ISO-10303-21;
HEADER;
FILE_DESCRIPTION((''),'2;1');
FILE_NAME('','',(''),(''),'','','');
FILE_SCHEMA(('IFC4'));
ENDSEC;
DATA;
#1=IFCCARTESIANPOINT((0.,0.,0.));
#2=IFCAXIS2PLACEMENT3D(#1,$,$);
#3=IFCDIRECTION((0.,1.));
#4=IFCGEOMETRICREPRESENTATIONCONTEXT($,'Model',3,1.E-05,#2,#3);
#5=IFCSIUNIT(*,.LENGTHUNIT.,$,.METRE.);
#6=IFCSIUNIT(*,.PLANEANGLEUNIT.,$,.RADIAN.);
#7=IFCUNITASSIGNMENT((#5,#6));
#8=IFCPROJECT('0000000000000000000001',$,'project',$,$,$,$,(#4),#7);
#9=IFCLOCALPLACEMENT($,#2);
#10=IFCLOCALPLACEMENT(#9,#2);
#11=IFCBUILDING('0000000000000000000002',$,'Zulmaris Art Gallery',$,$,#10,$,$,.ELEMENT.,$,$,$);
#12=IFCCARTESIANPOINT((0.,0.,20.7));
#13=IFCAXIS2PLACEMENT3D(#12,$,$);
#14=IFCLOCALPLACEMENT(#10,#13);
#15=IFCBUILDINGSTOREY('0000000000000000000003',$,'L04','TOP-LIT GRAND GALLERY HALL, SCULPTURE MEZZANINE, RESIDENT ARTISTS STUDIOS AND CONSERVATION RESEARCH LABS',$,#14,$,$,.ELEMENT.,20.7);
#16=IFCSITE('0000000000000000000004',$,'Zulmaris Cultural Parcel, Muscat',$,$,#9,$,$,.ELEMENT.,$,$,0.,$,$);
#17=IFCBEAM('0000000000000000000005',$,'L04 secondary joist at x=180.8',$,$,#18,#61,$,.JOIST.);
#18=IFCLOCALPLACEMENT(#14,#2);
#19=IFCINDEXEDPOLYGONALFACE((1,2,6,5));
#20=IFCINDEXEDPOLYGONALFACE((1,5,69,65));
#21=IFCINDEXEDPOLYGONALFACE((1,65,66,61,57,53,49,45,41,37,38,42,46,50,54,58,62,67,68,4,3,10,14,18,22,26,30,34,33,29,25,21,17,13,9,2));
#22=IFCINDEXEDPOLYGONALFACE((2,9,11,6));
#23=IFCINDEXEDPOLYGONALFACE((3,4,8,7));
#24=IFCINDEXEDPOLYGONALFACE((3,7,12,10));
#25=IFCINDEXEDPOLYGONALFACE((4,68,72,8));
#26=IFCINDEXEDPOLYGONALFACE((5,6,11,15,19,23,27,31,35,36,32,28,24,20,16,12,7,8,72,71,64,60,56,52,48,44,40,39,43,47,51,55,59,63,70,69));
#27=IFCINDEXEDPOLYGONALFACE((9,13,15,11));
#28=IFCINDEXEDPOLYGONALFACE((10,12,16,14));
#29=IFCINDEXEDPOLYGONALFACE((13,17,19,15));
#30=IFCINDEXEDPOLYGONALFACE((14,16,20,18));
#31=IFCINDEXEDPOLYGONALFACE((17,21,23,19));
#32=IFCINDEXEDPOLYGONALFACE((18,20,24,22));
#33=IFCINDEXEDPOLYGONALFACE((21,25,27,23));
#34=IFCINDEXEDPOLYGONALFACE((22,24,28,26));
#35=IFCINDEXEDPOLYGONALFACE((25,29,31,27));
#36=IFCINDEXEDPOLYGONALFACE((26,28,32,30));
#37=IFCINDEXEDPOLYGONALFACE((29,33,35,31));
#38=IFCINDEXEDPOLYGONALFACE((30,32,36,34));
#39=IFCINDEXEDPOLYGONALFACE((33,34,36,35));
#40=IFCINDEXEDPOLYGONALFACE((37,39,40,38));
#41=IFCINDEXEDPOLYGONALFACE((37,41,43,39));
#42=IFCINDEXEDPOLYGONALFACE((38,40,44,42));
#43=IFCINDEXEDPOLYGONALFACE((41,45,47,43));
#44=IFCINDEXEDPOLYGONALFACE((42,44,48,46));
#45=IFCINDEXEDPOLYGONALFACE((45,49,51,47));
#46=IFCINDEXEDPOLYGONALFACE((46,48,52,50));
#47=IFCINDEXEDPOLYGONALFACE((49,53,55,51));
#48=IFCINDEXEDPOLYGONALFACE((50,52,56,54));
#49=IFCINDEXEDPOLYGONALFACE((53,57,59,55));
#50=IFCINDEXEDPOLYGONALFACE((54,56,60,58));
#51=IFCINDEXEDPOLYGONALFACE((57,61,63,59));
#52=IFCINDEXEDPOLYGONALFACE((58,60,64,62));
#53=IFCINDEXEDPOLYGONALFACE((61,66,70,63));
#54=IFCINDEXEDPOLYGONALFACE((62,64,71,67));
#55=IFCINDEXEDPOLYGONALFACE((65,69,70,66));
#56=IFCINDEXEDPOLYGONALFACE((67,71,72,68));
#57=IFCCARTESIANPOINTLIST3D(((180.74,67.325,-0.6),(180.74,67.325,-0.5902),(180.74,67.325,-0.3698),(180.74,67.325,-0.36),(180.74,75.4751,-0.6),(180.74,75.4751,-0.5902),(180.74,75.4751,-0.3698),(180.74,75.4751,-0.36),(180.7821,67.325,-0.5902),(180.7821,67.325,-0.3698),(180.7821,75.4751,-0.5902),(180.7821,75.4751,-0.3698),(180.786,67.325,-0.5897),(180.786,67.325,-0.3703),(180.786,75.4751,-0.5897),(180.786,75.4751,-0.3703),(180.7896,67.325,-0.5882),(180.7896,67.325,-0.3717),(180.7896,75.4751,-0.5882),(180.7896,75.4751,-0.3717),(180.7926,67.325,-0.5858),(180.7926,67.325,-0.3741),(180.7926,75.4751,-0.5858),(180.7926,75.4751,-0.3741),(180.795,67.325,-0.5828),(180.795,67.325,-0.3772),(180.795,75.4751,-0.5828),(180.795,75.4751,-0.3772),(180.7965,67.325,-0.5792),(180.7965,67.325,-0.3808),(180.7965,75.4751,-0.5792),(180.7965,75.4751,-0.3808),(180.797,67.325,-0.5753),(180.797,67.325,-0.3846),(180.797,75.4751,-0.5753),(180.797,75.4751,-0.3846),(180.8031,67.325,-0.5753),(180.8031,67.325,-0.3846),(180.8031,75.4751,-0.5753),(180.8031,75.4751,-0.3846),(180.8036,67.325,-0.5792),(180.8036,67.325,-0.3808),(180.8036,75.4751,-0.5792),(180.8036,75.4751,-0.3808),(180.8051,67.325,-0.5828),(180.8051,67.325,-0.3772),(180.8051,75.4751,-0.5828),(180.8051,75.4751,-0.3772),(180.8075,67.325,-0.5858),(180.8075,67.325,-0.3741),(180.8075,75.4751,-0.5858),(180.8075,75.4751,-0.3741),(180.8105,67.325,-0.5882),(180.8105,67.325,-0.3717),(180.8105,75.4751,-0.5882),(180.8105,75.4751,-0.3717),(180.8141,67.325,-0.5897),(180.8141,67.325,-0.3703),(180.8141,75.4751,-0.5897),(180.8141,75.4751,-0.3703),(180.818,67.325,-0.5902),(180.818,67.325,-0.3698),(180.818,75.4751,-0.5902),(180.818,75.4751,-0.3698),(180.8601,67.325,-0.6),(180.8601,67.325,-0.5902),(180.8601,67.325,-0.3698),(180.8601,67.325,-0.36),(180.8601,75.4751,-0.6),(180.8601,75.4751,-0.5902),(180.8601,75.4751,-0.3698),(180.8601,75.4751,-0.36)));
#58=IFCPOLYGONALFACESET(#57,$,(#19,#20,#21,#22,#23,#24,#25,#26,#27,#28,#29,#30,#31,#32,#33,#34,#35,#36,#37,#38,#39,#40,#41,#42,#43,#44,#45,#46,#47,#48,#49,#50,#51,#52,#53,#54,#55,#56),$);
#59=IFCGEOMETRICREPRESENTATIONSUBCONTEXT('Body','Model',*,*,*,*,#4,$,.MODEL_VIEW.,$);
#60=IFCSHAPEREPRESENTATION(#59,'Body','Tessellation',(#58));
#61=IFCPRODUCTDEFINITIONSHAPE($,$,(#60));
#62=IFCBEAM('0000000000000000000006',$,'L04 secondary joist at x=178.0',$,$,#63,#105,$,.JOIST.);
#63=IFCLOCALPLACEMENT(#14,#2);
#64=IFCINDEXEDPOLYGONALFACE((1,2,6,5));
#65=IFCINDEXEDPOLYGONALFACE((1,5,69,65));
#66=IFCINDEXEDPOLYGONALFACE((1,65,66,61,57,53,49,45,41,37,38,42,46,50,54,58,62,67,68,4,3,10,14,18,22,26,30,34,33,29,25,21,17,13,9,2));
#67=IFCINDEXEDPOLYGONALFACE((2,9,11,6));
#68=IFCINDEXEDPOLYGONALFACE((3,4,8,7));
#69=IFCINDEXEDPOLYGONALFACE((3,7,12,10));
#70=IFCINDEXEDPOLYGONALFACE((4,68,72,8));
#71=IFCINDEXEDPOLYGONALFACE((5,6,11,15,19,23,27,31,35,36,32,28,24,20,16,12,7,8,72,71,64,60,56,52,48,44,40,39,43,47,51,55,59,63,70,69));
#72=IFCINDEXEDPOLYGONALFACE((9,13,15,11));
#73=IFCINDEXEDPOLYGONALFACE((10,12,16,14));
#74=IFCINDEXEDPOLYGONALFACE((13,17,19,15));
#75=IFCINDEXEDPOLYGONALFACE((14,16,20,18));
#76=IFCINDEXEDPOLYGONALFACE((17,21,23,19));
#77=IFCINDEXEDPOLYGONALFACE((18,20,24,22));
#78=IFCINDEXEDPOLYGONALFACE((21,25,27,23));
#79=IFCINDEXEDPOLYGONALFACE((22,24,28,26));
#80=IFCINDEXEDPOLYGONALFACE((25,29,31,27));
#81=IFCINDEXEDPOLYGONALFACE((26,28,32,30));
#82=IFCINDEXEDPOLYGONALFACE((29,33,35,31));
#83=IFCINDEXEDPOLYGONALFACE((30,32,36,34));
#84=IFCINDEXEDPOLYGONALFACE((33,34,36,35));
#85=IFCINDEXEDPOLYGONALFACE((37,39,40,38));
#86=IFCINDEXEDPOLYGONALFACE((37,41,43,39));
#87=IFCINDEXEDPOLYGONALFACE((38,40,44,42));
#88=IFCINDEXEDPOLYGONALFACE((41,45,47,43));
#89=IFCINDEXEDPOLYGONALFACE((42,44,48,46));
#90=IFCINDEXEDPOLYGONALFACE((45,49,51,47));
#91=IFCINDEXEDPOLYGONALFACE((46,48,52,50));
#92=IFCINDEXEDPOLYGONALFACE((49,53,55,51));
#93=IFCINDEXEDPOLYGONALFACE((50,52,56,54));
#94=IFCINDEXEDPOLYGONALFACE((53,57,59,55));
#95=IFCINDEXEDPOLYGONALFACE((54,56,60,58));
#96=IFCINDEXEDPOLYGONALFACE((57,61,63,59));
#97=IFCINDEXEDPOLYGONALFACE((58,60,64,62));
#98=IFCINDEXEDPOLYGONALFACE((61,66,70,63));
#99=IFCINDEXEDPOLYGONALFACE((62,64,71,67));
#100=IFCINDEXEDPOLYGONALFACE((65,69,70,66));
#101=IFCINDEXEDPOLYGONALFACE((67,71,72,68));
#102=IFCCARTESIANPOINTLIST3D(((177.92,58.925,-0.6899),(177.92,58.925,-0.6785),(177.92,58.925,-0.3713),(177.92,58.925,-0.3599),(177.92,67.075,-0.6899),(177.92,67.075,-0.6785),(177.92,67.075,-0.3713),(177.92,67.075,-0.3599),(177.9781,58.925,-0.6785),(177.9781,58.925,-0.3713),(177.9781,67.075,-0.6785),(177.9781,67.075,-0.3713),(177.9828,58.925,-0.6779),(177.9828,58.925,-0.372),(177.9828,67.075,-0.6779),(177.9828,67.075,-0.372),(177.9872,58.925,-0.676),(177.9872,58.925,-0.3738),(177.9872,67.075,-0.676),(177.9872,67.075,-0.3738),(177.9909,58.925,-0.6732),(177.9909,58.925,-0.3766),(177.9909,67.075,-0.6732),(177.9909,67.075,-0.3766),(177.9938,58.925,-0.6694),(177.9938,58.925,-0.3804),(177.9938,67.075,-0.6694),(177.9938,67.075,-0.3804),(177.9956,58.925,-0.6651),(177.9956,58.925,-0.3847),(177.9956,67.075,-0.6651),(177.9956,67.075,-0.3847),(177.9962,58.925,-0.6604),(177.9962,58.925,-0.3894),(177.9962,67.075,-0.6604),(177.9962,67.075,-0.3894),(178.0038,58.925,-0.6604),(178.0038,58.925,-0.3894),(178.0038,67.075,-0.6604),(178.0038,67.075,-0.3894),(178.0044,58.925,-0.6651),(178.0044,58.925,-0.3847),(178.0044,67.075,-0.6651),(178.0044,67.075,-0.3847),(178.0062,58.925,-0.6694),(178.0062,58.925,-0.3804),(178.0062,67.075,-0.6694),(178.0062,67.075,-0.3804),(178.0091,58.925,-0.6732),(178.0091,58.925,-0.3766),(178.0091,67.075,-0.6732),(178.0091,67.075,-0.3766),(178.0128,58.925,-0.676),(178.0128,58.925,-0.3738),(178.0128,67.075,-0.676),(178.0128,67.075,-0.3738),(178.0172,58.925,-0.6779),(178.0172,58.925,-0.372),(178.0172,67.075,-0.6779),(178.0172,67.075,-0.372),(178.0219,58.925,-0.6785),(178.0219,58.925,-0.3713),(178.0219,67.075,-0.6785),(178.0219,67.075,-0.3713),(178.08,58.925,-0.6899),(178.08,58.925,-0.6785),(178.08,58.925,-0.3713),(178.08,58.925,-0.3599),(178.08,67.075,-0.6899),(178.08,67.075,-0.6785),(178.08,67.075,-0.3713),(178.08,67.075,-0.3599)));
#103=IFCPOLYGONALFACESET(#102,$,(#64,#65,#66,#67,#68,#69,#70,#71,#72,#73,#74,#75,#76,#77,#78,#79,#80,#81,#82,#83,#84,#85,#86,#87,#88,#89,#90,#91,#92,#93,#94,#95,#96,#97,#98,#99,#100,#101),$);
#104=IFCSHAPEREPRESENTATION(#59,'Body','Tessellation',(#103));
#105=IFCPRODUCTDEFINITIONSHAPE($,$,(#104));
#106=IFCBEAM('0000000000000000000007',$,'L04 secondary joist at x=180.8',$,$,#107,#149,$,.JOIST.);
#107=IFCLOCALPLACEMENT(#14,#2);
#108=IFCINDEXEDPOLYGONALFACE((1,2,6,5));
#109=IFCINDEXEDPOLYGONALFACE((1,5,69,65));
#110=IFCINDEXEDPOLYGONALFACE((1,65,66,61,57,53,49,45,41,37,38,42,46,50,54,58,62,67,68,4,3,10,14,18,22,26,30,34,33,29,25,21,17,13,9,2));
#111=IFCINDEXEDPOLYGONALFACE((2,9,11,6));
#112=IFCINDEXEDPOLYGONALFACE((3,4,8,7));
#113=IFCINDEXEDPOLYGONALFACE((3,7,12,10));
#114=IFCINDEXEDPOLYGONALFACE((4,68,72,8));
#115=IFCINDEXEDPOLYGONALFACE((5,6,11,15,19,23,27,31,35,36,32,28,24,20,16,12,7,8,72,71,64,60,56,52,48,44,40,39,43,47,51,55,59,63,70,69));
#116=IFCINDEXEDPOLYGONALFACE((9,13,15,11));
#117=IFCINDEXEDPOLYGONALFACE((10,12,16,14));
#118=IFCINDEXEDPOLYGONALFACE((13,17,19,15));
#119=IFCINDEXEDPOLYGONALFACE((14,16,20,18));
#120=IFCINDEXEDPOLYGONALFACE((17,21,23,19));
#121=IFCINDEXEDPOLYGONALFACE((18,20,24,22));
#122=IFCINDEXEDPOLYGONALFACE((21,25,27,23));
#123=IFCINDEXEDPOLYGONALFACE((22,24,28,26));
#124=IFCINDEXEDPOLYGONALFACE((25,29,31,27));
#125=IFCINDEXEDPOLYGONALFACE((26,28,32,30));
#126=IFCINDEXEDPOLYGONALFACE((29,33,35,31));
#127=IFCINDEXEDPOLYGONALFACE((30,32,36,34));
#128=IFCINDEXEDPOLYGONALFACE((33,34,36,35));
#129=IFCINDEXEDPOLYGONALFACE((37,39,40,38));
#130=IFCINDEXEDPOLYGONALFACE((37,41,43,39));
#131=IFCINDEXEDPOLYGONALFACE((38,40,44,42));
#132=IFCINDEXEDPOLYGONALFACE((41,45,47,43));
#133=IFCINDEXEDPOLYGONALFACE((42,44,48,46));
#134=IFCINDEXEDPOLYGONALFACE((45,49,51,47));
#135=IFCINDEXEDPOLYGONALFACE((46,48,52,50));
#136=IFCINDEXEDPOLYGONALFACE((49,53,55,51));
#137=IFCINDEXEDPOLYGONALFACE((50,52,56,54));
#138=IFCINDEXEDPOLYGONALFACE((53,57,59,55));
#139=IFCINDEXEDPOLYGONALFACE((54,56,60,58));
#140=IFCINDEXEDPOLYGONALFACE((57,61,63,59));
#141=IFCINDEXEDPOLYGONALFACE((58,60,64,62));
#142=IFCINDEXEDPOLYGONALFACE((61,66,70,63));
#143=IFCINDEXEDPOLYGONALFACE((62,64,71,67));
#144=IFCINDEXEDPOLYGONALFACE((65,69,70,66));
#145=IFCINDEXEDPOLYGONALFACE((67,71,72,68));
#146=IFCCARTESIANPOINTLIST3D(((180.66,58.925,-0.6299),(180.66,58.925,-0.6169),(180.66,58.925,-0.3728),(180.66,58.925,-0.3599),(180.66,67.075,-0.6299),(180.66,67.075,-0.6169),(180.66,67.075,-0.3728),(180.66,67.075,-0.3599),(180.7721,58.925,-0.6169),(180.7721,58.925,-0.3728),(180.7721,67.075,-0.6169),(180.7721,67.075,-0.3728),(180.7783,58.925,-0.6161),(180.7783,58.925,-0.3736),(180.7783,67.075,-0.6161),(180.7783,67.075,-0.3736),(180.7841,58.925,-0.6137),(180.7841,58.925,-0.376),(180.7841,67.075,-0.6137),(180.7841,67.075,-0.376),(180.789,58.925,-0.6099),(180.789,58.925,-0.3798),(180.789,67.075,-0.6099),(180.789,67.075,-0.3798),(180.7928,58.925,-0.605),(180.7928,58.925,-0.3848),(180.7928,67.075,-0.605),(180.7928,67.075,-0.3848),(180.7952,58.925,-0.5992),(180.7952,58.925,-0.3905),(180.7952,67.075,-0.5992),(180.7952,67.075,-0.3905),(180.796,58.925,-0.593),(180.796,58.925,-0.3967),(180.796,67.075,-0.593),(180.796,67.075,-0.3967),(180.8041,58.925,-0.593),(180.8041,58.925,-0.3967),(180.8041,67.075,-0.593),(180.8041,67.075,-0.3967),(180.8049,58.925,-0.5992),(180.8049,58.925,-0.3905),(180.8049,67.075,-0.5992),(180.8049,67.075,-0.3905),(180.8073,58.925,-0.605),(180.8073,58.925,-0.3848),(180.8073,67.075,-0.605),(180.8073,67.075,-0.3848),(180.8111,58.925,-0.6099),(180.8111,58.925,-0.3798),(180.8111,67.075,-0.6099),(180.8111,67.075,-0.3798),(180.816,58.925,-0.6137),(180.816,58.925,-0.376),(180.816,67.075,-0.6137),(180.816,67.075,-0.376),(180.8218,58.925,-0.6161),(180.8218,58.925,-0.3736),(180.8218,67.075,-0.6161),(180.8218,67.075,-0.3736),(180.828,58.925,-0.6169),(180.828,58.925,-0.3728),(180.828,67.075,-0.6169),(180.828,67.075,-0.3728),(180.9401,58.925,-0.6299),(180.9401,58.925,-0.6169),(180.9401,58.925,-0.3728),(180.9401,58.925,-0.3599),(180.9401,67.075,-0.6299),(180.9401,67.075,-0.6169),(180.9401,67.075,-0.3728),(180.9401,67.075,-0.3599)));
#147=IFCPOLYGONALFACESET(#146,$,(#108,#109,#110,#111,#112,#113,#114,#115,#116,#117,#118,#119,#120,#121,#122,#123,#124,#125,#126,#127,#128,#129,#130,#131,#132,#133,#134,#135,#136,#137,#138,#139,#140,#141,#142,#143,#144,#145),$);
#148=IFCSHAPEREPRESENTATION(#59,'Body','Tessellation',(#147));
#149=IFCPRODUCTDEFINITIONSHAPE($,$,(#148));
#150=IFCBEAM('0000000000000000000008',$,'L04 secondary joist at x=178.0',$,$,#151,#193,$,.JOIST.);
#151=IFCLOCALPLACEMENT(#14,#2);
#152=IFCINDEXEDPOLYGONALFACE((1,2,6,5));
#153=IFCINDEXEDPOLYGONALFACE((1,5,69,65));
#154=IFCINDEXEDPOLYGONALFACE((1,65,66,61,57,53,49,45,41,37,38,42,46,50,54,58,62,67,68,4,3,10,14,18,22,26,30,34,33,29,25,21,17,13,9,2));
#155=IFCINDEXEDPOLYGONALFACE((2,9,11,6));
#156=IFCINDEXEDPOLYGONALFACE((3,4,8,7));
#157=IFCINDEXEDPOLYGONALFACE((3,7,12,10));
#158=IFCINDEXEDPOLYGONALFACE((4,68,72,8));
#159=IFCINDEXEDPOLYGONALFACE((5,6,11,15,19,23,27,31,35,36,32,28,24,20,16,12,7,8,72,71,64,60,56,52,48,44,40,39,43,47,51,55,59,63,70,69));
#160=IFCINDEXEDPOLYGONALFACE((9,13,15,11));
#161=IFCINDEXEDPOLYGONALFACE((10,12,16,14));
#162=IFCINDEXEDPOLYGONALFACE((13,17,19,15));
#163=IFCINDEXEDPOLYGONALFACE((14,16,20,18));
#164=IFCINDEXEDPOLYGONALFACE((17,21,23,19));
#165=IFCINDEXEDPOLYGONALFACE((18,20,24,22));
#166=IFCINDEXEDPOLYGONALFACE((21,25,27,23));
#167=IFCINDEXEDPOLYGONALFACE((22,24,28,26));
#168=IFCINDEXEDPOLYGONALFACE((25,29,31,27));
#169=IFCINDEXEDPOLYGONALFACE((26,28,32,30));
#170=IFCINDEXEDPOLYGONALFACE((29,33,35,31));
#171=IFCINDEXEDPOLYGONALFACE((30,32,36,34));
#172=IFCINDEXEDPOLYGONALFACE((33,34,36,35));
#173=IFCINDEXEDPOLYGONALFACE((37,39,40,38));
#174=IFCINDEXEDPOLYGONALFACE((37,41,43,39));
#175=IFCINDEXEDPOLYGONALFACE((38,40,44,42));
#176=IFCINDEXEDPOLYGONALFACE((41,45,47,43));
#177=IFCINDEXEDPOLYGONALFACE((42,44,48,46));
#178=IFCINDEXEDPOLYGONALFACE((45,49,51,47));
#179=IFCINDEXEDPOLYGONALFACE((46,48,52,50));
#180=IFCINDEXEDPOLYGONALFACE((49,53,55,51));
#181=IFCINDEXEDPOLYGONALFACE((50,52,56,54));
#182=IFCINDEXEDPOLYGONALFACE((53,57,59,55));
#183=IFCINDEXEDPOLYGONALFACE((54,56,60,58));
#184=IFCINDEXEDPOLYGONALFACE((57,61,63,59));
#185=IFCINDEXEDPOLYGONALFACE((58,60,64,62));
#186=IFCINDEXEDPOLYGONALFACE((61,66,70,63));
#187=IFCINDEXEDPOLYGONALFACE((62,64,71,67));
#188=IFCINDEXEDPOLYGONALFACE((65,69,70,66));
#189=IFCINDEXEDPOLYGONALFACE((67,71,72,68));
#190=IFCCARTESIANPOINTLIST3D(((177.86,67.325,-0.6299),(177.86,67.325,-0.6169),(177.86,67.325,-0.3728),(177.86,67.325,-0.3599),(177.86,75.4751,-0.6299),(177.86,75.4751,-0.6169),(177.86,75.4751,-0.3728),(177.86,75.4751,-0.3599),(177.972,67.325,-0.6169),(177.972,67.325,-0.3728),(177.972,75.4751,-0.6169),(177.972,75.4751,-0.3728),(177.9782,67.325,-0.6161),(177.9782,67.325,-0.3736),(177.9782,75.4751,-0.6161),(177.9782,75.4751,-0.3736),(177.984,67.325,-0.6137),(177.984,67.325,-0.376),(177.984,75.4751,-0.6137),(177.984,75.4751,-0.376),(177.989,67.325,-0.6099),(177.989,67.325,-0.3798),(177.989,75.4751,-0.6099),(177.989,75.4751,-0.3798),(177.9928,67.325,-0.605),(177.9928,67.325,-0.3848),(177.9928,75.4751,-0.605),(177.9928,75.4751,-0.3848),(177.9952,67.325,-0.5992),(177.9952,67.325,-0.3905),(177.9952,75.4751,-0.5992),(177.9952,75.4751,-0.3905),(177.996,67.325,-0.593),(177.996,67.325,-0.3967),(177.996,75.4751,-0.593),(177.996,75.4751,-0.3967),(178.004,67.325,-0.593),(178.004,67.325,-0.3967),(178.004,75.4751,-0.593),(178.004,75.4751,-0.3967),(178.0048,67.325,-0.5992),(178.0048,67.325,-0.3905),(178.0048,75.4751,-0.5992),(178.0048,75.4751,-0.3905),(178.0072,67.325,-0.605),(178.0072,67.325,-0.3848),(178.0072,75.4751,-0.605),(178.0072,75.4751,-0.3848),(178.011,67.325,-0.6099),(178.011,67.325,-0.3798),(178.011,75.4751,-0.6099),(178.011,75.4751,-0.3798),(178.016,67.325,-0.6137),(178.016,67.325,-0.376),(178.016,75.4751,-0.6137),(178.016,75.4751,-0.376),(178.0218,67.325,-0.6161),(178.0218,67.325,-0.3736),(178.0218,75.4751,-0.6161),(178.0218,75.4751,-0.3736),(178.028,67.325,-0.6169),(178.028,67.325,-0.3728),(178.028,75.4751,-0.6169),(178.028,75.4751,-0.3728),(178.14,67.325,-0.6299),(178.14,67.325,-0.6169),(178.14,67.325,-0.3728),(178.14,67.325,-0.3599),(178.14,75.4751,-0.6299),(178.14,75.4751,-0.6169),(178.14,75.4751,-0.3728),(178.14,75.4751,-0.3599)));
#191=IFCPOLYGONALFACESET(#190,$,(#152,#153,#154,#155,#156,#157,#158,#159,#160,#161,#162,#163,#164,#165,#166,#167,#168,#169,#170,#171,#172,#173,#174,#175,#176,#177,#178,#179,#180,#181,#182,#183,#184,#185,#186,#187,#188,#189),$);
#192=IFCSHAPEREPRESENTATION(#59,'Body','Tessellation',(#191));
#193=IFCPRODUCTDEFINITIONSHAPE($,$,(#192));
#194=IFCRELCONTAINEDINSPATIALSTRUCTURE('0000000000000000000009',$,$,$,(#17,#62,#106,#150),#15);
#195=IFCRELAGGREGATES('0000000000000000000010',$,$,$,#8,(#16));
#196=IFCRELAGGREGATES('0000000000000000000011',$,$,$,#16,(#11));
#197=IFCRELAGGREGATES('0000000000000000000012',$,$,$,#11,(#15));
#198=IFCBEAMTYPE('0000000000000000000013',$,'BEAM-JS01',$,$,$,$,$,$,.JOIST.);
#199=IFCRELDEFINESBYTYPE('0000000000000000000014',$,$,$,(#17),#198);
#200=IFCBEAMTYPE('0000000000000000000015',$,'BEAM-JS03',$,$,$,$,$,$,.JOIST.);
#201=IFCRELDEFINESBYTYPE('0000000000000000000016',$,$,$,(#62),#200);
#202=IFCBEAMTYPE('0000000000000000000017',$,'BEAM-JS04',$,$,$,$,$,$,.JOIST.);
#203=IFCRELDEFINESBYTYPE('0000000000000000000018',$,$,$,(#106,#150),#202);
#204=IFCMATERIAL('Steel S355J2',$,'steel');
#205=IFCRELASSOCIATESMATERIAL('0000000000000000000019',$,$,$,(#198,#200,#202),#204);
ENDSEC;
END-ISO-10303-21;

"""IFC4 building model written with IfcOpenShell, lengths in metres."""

from ifc_helpers import new_model, si_unit, direction, frame, origin, origin_2d, place, context, subcontext, project, spatial, i_section, extrude, material, material_profile, profile_set, type_object, element, save


model = new_model("IFC4")

# Units and contexts
model_context = context("Model", 3, precision=1e-05, world=origin(), true_north=direction((0.0, 1.0)))
body_context = subcontext(model_context, "Body", "Model", "MODEL_VIEW")
ifc_project = project(units=[si_unit("LENGTHUNIT", "METRE"), si_unit("PLANEANGLEUNIT", "RADIAN")], contexts=[model_context])

# Site, building, storey
site_placement = place(None, origin())
site = spatial("IfcSite", under=ifc_project, at=site_placement, Name="Zulmaris Cultural Parcel, Muscat", CompositionType="ELEMENT", RefElevation=0.0)
building_placement = place(site_placement, origin())
building = spatial("IfcBuilding", under=site, at=building_placement, Name="Zulmaris Art Gallery", CompositionType="ELEMENT")
storey_placement = place(building_placement, frame((0.0, 0.0, 20.7)))
storey = spatial("IfcBuildingStorey", under=building, at=storey_placement, Name="L04", Description="TOP-LIT GRAND GALLERY HALL, SCULPTURE MEZZANINE, RESIDENT ARTISTS STUDIOS AND CONSERVATION RESEARCH LABS", CompositionType="ELEMENT", Elevation=20.7)

# Beams
ifc_material_1 = material(Name="Steel S355J2", Category="steel")
ifc_material_profile_1 = material_profile(ifc_material_1, i_section(OverallWidth=0.1201, OverallDepth=0.24, WebThickness=0.0061, FlangeThickness=0.0098, FilletRadius=0.0149, at=origin_2d()), Name="IPE 240")
ifc_profile_set_1 = profile_set([ifc_material_profile_1], Name="Steel S355J2")
beam_type_1 = type_object("IfcBeamType", Name="BEAM-JS01", PredefinedType="JOIST", material=ifc_profile_set_1)
beam_1_placement = place(storey_placement, frame((180.8, 67.325, -0.48), z_axis=(0.0, 1.0, 0.0), x_axis=(-1.0, 0.0, 0.0)))
element("IfcBeam", 1, at=beam_1_placement, inside=storey, type_object=beam_type_1, Name="L04 secondary joist at x=180.8", PredefinedType="JOIST", context=body_context, shape_type="SweptSolid", body=[
    extrude(i_section(OverallWidth=0.1201, OverallDepth=0.24, WebThickness=0.0061, FlangeThickness=0.0098, FilletRadius=0.0149, at=origin_2d()), origin(), (0.0, 0.0, 1.0), 8.1501),
])
ifc_material_profile_2 = material_profile(ifc_material_1, i_section(OverallWidth=0.1599, OverallDepth=0.3301, WebThickness=0.0076, FlangeThickness=0.0115, FilletRadius=0.0181, at=origin_2d()), Name="IPE 330")
ifc_profile_set_2 = profile_set([ifc_material_profile_2], Name="Steel S355J2")
beam_type_2 = type_object("IfcBeamType", Name="BEAM-JS03", PredefinedType="JOIST", material=ifc_profile_set_2)
beam_2_placement = place(storey_placement, frame((178.0, 58.925, -0.5249), z_axis=(0.0, 1.0, 0.0), x_axis=(-1.0, 0.0, 0.0)))
element("IfcBeam", 2, at=beam_2_placement, inside=storey, type_object=beam_type_2, Name="L04 secondary joist at x=178.0", PredefinedType="JOIST", context=body_context, shape_type="SweptSolid", body=[
    extrude(i_section(OverallWidth=0.1599, OverallDepth=0.3301, WebThickness=0.0076, FlangeThickness=0.0115, FilletRadius=0.0181, at=origin_2d()), origin(), (0.0, 0.0, 1.0), 8.1499),
])
ifc_material_profile_3 = material_profile(ifc_material_1, i_section(OverallWidth=0.28, OverallDepth=0.27, WebThickness=0.0081, FlangeThickness=0.0129, FilletRadius=0.0239, at=origin_2d()), Name="HEA 280")
ifc_profile_set_3 = profile_set([ifc_material_profile_3], Name="Steel S355J2")
beam_type_3 = type_object("IfcBeamType", Name="BEAM-JS04", PredefinedType="JOIST", material=ifc_profile_set_3)
beam_3_placement = place(storey_placement, frame((180.8, 58.925, -0.4949), z_axis=(0.0, 1.0, 0.0), x_axis=(-1.0, 0.0, 0.0)))
element("IfcBeam", 3, at=beam_3_placement, inside=storey, type_object=beam_type_3, Name="L04 secondary joist at x=180.8", PredefinedType="JOIST", context=body_context, shape_type="SweptSolid", body=[
    extrude(i_section(OverallWidth=0.28, OverallDepth=0.27, WebThickness=0.0081, FlangeThickness=0.0129, FilletRadius=0.0239, at=origin_2d()), origin(), (0.0, 0.0, 1.0), 8.1499),
])
beam_4_placement = place(storey_placement, frame((178.0, 67.325, -0.4949), z_axis=(0.0, 1.0, 0.0), x_axis=(-1.0, 0.0, 0.0)))
element("IfcBeam", 4, at=beam_4_placement, inside=storey, type_object=beam_type_3, Name="L04 secondary joist at x=178.0", PredefinedType="JOIST", context=body_context, shape_type="SweptSolid", body=[
    extrude(i_section(OverallWidth=0.28, OverallDepth=0.27, WebThickness=0.0081, FlangeThickness=0.0129, FilletRadius=0.0239, at=origin_2d()), origin(), (0.0, 0.0, 1.0), 8.1501),
])

save(model, "model.ifc")
